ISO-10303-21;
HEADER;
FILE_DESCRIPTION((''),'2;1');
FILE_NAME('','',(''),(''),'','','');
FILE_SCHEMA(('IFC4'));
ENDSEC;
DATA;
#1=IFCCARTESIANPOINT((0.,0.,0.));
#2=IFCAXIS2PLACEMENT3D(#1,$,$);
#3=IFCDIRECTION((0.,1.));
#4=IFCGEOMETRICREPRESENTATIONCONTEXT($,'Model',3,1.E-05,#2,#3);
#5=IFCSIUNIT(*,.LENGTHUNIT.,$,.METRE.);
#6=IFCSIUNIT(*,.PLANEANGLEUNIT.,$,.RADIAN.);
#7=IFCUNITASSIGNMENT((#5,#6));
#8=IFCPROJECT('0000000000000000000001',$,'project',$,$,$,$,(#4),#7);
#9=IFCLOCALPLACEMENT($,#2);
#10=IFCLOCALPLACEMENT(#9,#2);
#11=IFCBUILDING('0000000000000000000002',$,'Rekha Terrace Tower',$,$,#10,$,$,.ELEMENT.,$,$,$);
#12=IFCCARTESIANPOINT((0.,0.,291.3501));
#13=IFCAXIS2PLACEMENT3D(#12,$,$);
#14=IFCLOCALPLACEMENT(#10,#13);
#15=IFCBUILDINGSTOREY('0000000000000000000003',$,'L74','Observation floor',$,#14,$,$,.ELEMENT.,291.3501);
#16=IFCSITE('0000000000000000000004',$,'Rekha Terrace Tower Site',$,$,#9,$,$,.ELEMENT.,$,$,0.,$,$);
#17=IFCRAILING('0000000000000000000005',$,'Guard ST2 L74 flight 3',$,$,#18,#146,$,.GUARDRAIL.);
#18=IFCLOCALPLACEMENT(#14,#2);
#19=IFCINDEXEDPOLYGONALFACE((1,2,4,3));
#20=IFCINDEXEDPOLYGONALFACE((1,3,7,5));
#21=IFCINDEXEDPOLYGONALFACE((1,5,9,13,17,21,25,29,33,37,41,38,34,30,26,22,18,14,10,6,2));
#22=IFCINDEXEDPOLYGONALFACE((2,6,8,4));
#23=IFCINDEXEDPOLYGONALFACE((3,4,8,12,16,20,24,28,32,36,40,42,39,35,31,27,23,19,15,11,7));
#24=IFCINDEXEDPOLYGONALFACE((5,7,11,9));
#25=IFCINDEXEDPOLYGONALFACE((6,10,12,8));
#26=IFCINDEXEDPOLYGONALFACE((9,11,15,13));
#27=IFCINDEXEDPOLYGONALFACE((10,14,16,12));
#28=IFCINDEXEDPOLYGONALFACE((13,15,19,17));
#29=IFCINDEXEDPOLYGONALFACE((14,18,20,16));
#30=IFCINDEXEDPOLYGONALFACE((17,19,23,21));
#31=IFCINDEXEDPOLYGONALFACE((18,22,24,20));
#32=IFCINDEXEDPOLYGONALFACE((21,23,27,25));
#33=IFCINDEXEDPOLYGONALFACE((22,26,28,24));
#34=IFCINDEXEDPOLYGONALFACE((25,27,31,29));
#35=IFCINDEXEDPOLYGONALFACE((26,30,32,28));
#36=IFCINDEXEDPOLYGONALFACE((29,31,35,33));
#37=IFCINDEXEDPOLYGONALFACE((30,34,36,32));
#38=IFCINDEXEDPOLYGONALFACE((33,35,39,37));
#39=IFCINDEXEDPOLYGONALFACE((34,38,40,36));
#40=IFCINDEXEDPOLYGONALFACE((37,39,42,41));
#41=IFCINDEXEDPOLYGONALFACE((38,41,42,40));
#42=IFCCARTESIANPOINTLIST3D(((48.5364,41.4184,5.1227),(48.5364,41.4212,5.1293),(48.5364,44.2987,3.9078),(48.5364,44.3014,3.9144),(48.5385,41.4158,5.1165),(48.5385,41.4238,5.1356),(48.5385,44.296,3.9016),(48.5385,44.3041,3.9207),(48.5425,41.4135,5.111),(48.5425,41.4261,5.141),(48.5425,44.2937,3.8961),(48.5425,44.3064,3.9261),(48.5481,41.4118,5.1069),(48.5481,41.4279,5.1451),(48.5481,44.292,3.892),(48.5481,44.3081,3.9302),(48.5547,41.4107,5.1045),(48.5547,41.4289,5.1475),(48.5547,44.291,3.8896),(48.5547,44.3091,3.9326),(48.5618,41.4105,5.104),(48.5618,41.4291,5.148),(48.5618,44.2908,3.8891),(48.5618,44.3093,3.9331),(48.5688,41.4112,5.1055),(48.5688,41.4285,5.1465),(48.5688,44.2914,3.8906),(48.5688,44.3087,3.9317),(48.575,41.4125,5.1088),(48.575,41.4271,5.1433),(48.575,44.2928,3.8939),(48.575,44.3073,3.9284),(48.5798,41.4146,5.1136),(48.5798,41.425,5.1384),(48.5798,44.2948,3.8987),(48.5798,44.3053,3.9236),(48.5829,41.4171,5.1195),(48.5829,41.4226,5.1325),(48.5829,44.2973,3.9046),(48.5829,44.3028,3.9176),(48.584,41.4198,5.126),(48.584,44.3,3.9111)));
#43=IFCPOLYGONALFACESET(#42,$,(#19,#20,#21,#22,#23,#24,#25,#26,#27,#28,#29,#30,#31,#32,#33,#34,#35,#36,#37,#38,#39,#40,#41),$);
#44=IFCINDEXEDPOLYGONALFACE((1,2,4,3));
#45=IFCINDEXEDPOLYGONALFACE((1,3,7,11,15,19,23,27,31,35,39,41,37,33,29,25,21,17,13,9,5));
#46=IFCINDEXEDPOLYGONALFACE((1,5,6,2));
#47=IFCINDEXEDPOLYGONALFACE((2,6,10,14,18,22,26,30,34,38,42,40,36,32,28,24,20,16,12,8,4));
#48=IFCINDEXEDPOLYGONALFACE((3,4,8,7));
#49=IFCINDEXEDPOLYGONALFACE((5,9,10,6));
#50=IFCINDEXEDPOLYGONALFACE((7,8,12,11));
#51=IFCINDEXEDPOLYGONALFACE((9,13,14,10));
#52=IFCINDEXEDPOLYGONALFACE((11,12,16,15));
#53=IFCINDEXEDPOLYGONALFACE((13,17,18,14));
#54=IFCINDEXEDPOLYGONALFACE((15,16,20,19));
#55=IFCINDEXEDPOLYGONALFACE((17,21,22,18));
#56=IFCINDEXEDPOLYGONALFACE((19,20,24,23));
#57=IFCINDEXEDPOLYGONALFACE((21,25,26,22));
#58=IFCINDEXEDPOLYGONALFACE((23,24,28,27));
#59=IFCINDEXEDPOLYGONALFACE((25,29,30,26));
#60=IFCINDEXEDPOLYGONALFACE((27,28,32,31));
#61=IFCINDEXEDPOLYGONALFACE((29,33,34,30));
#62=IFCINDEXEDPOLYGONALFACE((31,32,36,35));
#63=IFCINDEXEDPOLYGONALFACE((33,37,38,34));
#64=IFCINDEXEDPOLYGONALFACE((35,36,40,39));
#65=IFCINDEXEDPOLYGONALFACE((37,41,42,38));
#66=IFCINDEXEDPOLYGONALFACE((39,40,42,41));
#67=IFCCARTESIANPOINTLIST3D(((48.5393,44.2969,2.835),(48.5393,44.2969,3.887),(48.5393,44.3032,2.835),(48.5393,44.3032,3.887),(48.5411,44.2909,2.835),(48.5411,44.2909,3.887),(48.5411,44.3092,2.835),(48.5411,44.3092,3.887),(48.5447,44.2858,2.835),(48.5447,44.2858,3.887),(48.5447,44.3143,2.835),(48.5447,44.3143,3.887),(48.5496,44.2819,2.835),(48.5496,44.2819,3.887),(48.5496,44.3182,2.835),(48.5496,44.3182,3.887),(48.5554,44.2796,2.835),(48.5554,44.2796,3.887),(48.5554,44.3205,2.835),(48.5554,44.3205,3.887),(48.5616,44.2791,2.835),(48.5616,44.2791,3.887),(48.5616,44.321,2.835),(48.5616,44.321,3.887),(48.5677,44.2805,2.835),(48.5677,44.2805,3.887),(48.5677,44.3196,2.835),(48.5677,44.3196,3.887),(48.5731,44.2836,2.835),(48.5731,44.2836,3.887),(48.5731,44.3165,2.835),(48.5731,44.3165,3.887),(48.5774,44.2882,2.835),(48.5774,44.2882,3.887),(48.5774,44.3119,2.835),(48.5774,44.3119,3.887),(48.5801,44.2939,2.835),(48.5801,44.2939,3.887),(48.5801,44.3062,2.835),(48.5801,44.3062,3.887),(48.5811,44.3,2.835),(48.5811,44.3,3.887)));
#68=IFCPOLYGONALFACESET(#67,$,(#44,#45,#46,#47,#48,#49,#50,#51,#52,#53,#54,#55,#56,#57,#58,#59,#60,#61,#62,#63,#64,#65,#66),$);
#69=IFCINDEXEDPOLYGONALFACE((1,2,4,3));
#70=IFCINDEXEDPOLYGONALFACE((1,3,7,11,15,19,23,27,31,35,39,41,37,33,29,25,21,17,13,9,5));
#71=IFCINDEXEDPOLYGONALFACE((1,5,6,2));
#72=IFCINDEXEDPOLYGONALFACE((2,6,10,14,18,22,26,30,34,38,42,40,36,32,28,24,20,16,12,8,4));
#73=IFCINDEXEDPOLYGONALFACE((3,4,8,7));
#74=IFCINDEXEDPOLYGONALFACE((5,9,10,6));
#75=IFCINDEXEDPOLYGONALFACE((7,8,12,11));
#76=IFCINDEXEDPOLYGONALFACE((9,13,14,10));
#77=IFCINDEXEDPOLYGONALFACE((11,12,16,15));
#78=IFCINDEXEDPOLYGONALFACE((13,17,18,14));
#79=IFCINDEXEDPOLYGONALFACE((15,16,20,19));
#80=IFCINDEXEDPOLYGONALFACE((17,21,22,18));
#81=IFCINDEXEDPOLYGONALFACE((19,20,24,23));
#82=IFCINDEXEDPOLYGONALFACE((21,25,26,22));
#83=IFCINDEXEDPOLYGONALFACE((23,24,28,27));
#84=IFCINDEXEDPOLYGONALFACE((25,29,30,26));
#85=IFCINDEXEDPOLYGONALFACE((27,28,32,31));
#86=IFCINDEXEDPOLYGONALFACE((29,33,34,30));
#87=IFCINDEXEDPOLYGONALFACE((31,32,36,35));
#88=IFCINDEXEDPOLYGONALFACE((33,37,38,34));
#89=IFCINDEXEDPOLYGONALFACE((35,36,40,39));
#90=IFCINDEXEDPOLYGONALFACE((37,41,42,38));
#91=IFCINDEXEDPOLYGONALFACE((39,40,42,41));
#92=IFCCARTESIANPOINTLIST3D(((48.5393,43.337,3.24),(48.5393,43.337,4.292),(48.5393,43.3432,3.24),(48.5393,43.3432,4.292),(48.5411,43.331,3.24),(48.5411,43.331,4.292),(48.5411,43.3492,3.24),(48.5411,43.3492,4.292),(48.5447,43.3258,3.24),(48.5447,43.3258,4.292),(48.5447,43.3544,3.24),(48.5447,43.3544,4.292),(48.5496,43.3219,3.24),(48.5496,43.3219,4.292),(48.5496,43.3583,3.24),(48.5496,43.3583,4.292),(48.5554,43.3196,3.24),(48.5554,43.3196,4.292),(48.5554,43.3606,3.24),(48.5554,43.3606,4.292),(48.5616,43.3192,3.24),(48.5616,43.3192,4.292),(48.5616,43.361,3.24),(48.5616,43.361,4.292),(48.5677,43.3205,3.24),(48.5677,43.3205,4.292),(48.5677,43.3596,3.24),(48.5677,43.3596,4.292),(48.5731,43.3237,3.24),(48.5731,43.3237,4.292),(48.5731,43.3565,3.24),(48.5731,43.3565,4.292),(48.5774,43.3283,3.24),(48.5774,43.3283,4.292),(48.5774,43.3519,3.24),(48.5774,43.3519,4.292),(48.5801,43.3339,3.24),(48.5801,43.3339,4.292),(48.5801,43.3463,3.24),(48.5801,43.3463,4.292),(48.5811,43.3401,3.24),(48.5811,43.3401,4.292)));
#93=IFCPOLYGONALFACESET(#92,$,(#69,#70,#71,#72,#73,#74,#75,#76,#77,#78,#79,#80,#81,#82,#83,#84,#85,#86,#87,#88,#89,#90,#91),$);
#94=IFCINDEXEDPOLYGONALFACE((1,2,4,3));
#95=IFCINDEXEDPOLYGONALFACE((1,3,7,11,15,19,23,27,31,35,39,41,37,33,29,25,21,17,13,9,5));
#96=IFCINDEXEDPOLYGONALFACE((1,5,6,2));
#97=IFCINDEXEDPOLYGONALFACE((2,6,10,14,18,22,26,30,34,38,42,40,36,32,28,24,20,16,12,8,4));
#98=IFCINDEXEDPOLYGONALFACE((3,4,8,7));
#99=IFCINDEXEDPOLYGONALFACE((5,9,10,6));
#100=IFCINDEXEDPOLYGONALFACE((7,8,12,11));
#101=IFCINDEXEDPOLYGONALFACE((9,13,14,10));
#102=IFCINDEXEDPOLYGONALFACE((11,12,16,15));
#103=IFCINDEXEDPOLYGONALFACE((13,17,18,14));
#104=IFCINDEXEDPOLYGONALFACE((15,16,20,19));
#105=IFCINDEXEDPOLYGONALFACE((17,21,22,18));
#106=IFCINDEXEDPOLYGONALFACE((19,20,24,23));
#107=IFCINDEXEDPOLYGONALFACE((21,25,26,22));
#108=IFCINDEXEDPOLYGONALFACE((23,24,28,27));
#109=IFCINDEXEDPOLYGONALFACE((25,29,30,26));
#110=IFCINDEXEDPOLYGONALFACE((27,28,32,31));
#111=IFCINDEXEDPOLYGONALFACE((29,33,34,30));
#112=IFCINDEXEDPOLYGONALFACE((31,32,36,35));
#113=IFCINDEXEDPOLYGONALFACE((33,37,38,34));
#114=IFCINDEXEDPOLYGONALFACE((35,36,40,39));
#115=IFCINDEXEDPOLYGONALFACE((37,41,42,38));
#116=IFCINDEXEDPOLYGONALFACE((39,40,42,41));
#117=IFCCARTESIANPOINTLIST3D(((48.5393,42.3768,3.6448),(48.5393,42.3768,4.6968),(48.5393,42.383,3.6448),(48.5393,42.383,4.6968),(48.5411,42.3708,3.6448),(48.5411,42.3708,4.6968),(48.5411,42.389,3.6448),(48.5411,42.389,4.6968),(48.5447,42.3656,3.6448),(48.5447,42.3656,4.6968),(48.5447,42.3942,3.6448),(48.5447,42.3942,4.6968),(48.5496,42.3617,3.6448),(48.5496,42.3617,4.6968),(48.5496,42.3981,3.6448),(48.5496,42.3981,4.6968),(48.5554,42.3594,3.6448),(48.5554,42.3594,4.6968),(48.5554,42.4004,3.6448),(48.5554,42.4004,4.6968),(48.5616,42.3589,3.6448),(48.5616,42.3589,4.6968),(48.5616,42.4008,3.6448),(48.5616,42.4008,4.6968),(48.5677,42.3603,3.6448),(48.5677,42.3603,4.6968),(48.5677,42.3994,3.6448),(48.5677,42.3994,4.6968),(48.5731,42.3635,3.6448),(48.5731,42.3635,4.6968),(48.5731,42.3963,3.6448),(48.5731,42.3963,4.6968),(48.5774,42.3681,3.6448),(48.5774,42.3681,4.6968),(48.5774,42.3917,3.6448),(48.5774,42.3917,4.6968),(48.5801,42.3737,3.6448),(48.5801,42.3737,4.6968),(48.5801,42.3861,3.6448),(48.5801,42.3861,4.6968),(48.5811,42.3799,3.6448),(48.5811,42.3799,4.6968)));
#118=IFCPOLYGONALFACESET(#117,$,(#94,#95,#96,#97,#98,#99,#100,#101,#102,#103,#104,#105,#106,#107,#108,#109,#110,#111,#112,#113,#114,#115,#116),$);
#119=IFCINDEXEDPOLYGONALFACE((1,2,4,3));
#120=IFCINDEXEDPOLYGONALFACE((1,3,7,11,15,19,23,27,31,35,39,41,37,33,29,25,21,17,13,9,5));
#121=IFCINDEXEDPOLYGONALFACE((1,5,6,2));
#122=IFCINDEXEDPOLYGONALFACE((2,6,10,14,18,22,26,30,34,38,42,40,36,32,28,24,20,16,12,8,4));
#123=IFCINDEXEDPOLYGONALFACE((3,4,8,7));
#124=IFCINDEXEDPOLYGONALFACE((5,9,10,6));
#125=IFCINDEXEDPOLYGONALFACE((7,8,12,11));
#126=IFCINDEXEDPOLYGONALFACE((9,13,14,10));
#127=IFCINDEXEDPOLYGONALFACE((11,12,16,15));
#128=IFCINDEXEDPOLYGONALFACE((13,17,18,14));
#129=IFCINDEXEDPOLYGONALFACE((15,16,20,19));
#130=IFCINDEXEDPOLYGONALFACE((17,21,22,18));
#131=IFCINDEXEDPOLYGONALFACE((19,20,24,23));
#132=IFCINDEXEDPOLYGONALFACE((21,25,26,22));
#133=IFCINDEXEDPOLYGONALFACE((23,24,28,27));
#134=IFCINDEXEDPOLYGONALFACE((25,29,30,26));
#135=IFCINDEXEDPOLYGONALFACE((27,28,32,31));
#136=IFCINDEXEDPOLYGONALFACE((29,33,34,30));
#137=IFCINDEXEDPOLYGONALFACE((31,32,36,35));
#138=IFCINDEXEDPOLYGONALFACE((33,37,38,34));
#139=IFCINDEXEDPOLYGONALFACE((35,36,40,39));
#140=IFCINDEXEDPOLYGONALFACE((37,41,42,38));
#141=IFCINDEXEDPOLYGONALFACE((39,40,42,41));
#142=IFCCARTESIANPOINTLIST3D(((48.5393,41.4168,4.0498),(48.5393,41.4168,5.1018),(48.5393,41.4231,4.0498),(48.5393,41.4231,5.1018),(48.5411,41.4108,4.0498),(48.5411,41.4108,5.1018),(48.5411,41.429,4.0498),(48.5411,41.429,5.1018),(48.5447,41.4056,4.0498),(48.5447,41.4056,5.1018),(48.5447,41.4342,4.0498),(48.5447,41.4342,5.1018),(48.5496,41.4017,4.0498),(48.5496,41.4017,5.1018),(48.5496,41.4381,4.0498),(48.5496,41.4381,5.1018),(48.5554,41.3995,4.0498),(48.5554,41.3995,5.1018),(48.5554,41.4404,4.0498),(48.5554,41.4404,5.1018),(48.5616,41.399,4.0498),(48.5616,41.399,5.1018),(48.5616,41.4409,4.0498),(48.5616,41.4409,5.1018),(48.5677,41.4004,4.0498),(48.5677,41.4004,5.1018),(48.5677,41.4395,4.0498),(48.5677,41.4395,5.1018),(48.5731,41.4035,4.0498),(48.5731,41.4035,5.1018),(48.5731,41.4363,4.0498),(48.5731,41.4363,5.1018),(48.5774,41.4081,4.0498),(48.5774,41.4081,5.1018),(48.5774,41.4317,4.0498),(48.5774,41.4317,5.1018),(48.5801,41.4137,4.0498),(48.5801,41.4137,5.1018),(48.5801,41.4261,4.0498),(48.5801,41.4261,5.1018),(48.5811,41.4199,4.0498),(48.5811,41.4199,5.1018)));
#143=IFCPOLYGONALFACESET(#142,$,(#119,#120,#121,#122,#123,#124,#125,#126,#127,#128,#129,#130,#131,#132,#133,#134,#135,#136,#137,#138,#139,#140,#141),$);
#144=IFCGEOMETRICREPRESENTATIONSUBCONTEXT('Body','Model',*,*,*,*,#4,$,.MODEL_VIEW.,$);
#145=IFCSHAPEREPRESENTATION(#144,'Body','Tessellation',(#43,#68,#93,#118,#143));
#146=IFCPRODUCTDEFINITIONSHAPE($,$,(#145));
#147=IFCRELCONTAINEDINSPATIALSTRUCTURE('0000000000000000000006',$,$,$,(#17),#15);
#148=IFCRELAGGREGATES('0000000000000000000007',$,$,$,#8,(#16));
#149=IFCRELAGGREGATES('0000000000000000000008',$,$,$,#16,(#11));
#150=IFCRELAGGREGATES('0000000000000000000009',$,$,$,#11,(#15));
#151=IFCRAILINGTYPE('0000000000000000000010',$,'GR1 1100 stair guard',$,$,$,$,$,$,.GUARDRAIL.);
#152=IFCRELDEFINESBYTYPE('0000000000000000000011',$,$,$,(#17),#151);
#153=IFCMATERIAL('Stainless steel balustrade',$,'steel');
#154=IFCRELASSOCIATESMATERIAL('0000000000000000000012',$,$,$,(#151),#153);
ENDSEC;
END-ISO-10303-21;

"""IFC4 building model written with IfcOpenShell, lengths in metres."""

from ifc_helpers import new_model, si_unit, direction, frame, origin, origin_2d, place, context, subcontext, project, spatial, circle, extrude, material, type_object, element, save


model = new_model("IFC4")

# Units and contexts
model_context = context("Model", 3, precision=1e-05, world=origin(), true_north=direction((0.0, 1.0)))
body_context = subcontext(model_context, "Body", "Model", "MODEL_VIEW")
ifc_project = project(units=[si_unit("LENGTHUNIT", "METRE"), si_unit("PLANEANGLEUNIT", "RADIAN")], contexts=[model_context])

# Site, building, storey
site_placement = place(None, origin())
site = spatial("IfcSite", under=ifc_project, at=site_placement, Name="Rekha Terrace Tower Site", CompositionType="ELEMENT", RefElevation=0.0)
building_placement = place(site_placement, origin())
building = spatial("IfcBuilding", under=site, at=building_placement, Name="Rekha Terrace Tower", CompositionType="ELEMENT")
storey_placement = place(building_placement, frame((0.0, 0.0, 291.3501)))
storey = spatial("IfcBuildingStorey", under=building, at=storey_placement, Name="L74", Description="Observation floor", CompositionType="ELEMENT", Elevation=291.3501)

# Railing
ifc_material_1 = material(Name="Stainless steel balustrade", Category="steel")
railing_type_1 = type_object("IfcRailingType", Name="GR1 1100 stair guard", PredefinedType="GUARDRAIL", material=ifc_material_1)
railing_1_placement = place(storey_placement, frame((48.5601, 44.3, 2.835)))
element("IfcRailing", 1, at=railing_1_placement, inside=storey, type_object=railing_type_1, Name="Guard ST2 L74 flight 3", PredefinedType="GUARDRAIL", context=body_context, shape_type="SweptSolid", body=[
    extrude(circle(Radius=0.0239, at=origin_2d()), frame((0.0, 0.0, 1.0762), z_axis=(0.0, -0.921388, 0.388644), x_axis=(1.0, 0.0, 0.0)), (0.0, 0.0, 1.0), 3.126),
    extrude(circle(Radius=0.021, at=origin_2d()), origin(), (0.0, 0.0, 1.0), 1.052),
    extrude(circle(Radius=0.021, at=origin_2d()), frame((0.0, -0.96, 0.405)), (0.0, 0.0, 1.0), 1.052),
    extrude(circle(Radius=0.021, at=origin_2d()), frame((0.0, -1.9202, 0.8098)), (0.0, 0.0, 1.0), 1.052),
    extrude(circle(Radius=0.021, at=origin_2d()), frame((0.0, -2.8801, 1.2148)), (0.0, 0.0, 1.0), 1.052),
])

save(model, "model.ifc")
